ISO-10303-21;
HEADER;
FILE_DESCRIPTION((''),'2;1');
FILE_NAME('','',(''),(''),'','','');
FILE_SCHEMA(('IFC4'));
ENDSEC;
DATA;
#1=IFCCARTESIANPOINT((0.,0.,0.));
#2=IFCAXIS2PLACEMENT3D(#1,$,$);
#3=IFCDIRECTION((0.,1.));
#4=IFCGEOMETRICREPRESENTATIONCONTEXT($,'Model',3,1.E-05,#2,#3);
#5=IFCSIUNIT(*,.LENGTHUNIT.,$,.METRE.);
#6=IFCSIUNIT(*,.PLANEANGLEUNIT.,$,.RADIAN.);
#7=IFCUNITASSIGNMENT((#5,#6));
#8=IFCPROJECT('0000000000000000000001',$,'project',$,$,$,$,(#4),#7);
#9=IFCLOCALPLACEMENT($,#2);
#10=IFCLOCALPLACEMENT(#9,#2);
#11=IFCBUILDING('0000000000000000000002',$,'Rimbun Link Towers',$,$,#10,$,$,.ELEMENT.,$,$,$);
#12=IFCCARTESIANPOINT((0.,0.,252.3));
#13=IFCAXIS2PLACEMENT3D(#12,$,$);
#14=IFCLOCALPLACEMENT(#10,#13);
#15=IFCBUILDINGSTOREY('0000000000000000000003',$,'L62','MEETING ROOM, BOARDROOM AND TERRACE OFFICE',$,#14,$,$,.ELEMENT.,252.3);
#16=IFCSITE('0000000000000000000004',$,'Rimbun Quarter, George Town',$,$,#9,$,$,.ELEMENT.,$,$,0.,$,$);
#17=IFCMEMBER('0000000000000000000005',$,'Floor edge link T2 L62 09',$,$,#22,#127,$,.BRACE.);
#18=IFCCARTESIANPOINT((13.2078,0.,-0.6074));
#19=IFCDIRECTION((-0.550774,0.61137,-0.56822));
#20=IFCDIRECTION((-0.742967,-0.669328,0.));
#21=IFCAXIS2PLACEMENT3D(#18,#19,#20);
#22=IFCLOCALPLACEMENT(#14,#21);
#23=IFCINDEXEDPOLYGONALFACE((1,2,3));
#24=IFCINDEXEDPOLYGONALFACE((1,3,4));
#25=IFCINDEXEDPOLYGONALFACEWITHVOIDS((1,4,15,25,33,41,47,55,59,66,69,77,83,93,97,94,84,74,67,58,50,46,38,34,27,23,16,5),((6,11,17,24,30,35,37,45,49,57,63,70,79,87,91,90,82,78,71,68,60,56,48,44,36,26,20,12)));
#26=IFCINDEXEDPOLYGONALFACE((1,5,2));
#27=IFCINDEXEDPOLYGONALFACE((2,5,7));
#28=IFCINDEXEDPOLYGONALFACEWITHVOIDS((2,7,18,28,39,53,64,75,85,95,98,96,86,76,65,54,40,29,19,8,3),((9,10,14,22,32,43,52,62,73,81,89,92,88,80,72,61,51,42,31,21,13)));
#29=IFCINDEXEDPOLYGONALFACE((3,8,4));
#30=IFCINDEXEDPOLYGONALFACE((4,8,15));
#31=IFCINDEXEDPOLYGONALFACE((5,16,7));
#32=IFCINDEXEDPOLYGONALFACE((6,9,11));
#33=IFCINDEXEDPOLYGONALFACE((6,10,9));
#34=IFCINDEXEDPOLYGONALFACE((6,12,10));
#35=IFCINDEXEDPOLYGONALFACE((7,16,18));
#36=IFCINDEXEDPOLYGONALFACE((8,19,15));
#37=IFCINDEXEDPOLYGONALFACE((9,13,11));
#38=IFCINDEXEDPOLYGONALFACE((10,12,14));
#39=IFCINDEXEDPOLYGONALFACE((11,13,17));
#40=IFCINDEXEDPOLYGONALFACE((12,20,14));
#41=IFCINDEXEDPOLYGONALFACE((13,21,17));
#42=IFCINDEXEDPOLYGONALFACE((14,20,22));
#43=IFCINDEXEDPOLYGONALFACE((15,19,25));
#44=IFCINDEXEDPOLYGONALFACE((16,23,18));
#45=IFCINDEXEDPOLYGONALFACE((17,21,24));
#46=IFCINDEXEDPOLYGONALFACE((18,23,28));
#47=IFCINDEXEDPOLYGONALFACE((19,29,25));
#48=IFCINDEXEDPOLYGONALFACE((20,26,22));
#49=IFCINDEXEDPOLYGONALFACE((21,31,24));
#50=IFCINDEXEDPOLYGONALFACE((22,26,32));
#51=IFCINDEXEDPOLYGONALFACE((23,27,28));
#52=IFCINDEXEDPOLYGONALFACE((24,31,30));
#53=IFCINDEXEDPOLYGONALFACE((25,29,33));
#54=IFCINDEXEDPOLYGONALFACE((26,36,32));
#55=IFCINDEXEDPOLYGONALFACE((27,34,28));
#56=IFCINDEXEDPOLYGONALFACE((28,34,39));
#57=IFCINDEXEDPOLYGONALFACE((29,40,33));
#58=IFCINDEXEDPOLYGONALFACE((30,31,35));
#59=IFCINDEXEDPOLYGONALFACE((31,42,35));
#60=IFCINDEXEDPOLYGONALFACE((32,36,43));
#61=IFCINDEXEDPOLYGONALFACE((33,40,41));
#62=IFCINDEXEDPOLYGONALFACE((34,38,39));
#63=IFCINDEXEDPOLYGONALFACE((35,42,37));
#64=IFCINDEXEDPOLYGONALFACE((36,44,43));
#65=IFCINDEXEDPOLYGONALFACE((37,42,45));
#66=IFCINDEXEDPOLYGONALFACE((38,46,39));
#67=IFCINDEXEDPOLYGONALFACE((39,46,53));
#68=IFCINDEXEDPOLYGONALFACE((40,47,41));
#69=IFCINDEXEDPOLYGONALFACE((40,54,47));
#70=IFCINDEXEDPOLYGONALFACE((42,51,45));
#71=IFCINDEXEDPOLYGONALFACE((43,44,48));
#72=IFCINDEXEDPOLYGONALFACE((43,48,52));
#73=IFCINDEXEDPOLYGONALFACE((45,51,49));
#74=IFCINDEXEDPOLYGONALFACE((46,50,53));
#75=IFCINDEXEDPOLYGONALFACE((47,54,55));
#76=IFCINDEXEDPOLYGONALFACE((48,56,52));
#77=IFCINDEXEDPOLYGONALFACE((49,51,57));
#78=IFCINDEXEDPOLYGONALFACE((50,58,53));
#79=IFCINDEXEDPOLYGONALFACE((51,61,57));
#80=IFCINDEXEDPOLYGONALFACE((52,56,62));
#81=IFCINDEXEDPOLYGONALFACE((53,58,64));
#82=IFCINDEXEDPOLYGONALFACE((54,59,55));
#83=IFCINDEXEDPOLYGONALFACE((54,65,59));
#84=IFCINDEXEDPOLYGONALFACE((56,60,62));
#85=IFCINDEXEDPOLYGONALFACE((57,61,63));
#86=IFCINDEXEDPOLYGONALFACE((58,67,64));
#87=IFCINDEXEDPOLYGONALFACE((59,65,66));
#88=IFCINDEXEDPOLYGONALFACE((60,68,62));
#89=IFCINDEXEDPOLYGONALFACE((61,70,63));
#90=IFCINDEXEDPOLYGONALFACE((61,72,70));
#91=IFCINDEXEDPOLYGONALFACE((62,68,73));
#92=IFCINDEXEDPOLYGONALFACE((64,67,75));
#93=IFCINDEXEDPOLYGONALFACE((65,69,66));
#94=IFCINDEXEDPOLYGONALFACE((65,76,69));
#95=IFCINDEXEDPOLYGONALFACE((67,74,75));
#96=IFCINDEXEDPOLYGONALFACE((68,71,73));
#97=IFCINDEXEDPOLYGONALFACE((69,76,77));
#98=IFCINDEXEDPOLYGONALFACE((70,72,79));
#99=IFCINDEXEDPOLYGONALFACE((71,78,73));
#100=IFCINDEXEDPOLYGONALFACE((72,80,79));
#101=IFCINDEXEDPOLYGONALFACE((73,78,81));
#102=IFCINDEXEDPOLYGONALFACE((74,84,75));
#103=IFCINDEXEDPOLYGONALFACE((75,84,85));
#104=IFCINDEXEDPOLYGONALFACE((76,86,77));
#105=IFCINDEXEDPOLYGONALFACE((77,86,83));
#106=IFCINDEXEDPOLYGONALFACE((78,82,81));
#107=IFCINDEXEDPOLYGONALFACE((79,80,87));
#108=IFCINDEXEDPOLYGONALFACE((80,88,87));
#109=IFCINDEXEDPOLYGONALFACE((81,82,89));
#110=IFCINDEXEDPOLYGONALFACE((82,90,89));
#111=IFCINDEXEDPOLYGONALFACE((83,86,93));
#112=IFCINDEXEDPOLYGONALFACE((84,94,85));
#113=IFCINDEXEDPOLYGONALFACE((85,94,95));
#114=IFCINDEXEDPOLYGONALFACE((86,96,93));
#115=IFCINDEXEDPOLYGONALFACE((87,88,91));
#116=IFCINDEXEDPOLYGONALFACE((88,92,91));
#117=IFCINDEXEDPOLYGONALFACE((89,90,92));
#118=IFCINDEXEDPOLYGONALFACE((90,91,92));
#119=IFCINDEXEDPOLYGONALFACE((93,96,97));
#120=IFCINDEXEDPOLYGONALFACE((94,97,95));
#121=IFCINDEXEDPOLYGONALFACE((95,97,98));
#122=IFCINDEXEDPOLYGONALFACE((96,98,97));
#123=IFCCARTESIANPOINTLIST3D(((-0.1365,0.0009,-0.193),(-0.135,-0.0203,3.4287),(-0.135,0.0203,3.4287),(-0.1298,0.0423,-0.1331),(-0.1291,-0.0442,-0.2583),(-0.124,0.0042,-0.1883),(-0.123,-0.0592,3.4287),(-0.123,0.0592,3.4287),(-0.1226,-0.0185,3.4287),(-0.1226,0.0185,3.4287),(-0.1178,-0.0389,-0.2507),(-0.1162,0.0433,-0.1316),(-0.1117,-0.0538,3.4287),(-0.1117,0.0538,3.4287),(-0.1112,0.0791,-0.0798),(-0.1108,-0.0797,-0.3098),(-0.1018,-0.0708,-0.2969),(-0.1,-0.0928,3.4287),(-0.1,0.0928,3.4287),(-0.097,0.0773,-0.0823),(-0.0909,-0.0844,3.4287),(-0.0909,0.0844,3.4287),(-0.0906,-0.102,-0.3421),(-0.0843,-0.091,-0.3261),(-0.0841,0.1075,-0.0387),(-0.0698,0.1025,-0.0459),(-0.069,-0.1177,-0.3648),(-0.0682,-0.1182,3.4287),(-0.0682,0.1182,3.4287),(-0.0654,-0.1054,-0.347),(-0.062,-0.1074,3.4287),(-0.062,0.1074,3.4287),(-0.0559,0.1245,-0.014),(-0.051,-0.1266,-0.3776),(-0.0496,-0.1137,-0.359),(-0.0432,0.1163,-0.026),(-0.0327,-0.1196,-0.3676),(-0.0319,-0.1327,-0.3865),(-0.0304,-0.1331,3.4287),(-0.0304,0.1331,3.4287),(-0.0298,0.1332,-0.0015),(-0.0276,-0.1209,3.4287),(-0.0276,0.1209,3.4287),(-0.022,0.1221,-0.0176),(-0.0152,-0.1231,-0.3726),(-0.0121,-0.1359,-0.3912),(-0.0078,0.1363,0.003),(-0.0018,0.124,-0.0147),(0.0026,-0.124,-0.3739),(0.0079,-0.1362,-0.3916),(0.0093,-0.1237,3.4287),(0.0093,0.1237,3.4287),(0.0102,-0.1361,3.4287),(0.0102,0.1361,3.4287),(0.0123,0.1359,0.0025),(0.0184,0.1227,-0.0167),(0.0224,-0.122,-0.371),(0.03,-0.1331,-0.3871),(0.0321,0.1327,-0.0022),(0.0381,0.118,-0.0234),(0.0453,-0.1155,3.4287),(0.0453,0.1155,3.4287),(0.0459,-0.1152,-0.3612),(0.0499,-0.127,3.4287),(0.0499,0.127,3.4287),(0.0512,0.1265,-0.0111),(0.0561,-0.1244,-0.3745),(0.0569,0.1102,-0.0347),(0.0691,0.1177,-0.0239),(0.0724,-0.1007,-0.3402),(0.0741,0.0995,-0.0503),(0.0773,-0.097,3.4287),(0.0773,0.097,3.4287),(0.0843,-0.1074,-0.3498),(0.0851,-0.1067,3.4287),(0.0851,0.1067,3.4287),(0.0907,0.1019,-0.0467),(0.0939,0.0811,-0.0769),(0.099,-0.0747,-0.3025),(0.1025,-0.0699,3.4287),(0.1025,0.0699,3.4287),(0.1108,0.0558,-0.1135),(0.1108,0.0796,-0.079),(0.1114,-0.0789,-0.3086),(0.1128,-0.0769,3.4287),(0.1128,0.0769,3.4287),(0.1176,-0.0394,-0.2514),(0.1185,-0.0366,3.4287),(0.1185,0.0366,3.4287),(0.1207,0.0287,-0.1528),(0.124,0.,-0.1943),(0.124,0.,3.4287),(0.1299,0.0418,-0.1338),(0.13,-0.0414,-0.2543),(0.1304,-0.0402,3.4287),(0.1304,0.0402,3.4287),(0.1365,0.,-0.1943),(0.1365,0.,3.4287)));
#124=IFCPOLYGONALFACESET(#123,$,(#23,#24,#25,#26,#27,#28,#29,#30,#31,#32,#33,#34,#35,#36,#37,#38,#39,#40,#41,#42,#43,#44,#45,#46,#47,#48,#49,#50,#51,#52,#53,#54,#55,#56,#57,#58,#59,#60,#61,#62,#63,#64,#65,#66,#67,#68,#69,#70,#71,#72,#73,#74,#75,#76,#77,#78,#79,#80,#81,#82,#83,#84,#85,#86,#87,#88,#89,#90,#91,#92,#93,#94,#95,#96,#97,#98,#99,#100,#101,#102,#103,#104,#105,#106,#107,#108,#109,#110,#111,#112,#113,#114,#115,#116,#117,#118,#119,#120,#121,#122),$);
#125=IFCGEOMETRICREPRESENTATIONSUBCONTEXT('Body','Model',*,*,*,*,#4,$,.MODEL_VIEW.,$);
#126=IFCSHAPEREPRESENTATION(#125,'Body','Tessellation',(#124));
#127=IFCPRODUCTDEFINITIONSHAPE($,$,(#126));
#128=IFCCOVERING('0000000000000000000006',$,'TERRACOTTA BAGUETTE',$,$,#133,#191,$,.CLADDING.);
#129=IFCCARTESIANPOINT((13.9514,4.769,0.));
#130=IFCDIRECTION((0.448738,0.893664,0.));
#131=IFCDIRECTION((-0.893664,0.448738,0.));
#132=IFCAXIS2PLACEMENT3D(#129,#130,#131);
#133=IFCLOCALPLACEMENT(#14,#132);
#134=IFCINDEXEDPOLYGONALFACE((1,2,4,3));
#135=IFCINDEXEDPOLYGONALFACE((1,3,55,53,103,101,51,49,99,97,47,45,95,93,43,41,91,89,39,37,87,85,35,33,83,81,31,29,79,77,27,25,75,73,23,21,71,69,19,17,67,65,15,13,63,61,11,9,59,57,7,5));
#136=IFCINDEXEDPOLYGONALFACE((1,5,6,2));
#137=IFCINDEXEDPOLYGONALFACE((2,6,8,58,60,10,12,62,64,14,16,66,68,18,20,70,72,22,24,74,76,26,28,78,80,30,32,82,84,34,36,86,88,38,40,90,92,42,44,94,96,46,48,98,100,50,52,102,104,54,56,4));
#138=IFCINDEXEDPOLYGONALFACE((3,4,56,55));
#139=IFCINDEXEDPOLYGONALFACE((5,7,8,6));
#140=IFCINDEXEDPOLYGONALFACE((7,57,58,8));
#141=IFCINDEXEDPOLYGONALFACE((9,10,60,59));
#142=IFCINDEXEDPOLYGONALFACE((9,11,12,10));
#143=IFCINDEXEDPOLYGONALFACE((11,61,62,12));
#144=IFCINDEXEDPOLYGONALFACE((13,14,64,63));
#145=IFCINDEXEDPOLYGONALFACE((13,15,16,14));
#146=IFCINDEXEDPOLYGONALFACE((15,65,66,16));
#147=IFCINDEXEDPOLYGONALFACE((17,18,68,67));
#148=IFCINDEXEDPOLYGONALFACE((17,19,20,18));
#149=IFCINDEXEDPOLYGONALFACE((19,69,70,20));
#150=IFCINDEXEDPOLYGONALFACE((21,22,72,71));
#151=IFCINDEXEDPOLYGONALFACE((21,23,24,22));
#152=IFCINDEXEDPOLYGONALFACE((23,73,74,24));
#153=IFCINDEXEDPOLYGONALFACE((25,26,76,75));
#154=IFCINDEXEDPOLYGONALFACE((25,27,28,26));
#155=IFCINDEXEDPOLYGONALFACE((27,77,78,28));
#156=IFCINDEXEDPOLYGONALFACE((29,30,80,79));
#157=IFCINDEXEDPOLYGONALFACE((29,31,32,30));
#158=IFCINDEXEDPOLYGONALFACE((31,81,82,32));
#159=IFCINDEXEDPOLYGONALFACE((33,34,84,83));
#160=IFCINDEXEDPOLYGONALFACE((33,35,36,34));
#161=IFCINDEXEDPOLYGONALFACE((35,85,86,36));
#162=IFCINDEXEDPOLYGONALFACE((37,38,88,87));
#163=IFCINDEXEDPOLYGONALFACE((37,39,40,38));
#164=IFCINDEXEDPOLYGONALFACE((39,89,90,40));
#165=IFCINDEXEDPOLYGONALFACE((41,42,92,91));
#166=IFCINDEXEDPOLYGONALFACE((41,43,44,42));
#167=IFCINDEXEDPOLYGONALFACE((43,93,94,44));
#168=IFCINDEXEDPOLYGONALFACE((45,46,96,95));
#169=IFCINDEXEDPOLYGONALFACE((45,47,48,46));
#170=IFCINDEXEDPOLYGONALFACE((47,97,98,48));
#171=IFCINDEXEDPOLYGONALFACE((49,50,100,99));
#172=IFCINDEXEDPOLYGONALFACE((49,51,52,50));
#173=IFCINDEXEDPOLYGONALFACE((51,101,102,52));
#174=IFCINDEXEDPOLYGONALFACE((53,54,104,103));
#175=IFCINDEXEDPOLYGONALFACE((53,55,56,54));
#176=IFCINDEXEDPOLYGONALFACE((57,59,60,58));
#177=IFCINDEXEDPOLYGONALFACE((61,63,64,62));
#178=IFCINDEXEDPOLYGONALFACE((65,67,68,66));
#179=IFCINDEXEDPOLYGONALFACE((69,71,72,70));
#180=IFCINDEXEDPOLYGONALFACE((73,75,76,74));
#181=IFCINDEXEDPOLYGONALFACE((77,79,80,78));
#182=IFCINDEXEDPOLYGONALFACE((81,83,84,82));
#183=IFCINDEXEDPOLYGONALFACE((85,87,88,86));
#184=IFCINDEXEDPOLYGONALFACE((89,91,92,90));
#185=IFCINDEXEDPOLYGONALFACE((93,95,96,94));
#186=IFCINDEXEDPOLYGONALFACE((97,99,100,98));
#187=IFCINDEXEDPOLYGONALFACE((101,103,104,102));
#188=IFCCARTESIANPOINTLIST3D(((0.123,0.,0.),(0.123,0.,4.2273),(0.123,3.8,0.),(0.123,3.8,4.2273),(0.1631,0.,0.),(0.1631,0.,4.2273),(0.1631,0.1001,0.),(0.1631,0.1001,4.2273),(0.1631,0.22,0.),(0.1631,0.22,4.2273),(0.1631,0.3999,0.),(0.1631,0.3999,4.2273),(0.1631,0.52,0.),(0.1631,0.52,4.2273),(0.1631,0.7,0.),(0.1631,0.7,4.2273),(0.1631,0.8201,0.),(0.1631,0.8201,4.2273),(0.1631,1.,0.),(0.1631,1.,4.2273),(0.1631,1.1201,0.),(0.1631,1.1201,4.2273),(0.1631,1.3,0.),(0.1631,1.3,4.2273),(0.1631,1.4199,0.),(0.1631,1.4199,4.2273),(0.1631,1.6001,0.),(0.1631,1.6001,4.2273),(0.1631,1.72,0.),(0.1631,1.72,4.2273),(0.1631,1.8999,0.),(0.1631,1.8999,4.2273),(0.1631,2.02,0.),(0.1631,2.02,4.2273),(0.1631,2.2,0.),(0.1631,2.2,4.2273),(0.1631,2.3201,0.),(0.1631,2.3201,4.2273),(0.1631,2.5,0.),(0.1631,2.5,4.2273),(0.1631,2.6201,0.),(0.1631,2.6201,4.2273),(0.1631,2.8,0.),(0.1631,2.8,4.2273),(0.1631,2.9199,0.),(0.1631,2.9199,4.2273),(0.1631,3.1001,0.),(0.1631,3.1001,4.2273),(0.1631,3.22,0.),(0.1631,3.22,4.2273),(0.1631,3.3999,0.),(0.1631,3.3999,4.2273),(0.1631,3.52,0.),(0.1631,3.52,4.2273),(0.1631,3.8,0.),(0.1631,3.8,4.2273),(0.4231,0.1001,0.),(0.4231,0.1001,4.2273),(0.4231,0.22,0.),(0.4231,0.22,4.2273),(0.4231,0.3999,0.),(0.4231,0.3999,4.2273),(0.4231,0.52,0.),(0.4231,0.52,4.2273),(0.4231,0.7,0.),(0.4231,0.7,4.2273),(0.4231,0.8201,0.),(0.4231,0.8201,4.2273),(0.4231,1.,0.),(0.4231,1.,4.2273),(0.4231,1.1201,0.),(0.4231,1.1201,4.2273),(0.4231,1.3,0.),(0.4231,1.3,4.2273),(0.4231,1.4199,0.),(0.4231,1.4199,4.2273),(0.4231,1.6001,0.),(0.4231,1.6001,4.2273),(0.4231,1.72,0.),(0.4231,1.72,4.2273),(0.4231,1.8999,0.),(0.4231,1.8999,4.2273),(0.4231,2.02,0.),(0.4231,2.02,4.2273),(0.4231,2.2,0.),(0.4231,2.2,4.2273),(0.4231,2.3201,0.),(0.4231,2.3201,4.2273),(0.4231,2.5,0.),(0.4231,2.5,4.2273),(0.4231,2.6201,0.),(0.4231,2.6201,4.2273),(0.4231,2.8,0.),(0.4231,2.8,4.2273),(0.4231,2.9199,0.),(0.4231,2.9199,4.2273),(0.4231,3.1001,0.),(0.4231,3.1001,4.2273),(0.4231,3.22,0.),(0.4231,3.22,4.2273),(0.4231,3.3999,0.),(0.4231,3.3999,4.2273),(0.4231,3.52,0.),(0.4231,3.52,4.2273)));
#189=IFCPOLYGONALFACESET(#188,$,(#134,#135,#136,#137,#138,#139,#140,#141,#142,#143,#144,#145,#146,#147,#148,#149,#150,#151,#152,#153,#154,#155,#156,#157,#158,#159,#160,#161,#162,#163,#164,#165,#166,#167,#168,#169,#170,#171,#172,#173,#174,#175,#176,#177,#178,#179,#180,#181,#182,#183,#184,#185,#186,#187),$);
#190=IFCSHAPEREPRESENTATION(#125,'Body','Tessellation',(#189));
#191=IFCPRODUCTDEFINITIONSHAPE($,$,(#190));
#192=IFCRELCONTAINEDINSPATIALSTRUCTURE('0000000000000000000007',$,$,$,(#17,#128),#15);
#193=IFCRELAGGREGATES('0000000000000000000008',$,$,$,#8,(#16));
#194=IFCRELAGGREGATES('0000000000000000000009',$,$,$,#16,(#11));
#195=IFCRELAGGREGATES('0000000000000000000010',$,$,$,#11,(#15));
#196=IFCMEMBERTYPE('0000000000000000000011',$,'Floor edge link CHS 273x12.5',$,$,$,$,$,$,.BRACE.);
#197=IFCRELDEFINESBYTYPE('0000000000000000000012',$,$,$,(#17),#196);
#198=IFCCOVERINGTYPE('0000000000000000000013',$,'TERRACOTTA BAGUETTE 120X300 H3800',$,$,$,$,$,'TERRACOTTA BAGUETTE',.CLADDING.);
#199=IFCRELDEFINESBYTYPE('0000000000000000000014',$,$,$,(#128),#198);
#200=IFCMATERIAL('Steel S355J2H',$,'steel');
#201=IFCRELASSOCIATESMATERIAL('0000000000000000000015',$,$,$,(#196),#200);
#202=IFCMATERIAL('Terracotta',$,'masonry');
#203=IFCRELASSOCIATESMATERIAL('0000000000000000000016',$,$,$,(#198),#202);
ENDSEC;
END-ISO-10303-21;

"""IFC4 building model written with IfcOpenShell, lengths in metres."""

from ifc_helpers import new_model, si_unit, direction, frame, origin, origin_2d, place, context, subcontext, project, spatial, polyline, hollow_circle, outline, extrude, clip, halfspace, material, material_profile, profile_set, type_object, element, save


model = new_model("IFC4")

# Units and contexts
model_context = context("Model", 3, precision=1e-05, world=origin(), true_north=direction((0.0, 1.0)))
body_context = subcontext(model_context, "Body", "Model", "MODEL_VIEW")
ifc_project = project(units=[si_unit("LENGTHUNIT", "METRE"), si_unit("PLANEANGLEUNIT", "RADIAN")], contexts=[model_context])

# Site, building, storey
site_placement = place(None, origin())
site = spatial("IfcSite", under=ifc_project, at=site_placement, Name="Rimbun Quarter, George Town", CompositionType="ELEMENT", RefElevation=0.0)
building_placement = place(site_placement, origin())
building = spatial("IfcBuilding", under=site, at=building_placement, Name="Rimbun Link Towers", CompositionType="ELEMENT")
storey_placement = place(building_placement, frame((0.0, 0.0, 252.3)))
storey = spatial("IfcBuildingStorey", under=building, at=storey_placement, Name="L62", Description="MEETING ROOM, BOARDROOM AND TERRACE OFFICE", CompositionType="ELEMENT", Elevation=252.3)

# Member
ifc_material_1 = material(Name="Steel S355J2H", Category="steel")
ifc_material_profile_1 = material_profile(ifc_material_1, hollow_circle(Radius=0.1365, WallThickness=0.0125, at=origin_2d()), Name="CHS 273x12.5")
ifc_profile_set_1 = profile_set([ifc_material_profile_1], Name="Steel S355J2H")
member_type_1 = type_object("IfcMemberType", Name="Floor edge link CHS 273x12.5", PredefinedType="BRACE", material=ifc_profile_set_1)
member_1_placement = place(storey_placement, frame((13.2078, 0.0, -0.6074), z_axis=(-0.550774, 0.61137, -0.56822), x_axis=(-0.742967, -0.669328, 0.0)))
element("IfcMember", 1, at=member_1_placement, inside=storey, type_object=member_type_1, Name="Floor edge link T2 L62 09", PredefinedType="BRACE", context=body_context, shape_type="Clipping", body=[
    clip(extrude(hollow_circle(Radius=0.1365, WallThickness=0.0125, at=origin_2d()), frame((0.0, 0.0, -0.4131)), (0.0, 0.0, 1.0), 3.8418), halfspace(frame((0.0, 0.0, -0.1943), z_axis=(0.0, 0.822877, -0.56822)), False)),
])

# Covering
ifc_material_2 = material(Name="Terracotta", Category="masonry")
ifc_material_profile_2 = material_profile(ifc_material_2, outline(polyline([(0.123, 0.0), (0.1631, 0.0), (0.1631, 0.1001), (0.4231, 0.1001), (0.4231, 0.22), (0.1631, 0.22), (0.1631, 0.3999), (0.4231, 0.3999), (0.4231, 0.52), (0.1631, 0.52), (0.1631, 0.7), (0.4231, 0.7), (0.4231, 0.8201), (0.1631, 0.8201), (0.1631, 1.0), (0.4231, 1.0), (0.4231, 1.1201), (0.1631, 1.1201), (0.1631, 1.3), (0.4231, 1.3), (0.4231, 1.4199), (0.1631, 1.4199), (0.1631, 1.6001), (0.4231, 1.6001), (0.4231, 1.72), (0.1631, 1.72), (0.1631, 1.8999), (0.4231, 1.8999), (0.4231, 2.02), (0.1631, 2.02), (0.1631, 2.2), (0.4231, 2.2), (0.4231, 2.3201), (0.1631, 2.3201), (0.1631, 2.5), (0.4231, 2.5), (0.4231, 2.6201), (0.1631, 2.6201), (0.1631, 2.8), (0.4231, 2.8), (0.4231, 2.9199), (0.1631, 2.9199), (0.1631, 3.1001), (0.4231, 3.1001), (0.4231, 3.22), (0.1631, 3.22), (0.1631, 3.3999), (0.4231, 3.3999), (0.4231, 3.52), (0.1631, 3.52), (0.1631, 3.8), (0.123, 3.8), (0.123, 0.0)])), Name="BAGUETTE 120X300")
ifc_profile_set_2 = profile_set([ifc_material_profile_2], Name="Terracotta")
covering_type = type_object("IfcCoveringType", Name="TERRACOTTA BAGUETTE 120X300 H3800", ElementType="TERRACOTTA BAGUETTE", PredefinedType="CLADDING", material=ifc_profile_set_2)
covering_1_placement = place(storey_placement, frame((13.9514, 4.769, 0.0), z_axis=(0.448738, 0.893664, 0.0), x_axis=(-0.893664, 0.448738, 0.0)))
element("IfcCovering", 2, at=covering_1_placement, inside=storey, type_object=covering_type, Name="TERRACOTTA BAGUETTE", PredefinedType="CLADDING", context=body_context, shape_type="SweptSolid", body=[
    extrude(outline(polyline([(0.123, 0.0), (0.1631, 0.0), (0.1631, 0.1001), (0.4231, 0.1001), (0.4231, 0.22), (0.1631, 0.22), (0.1631, 0.3999), (0.4231, 0.3999), (0.4231, 0.52), (0.1631, 0.52), (0.1631, 0.7), (0.4231, 0.7), (0.4231, 0.8201), (0.1631, 0.8201), (0.1631, 1.0), (0.4231, 1.0), (0.4231, 1.1201), (0.1631, 1.1201), (0.1631, 1.3), (0.4231, 1.3), (0.4231, 1.4199), (0.1631, 1.4199), (0.1631, 1.6001), (0.4231, 1.6001), (0.4231, 1.72), (0.1631, 1.72), (0.1631, 1.8999), (0.4231, 1.8999), (0.4231, 2.02), (0.1631, 2.02), (0.1631, 2.2), (0.4231, 2.2), (0.4231, 2.3201), (0.1631, 2.3201), (0.1631, 2.5), (0.4231, 2.5), (0.4231, 2.6201), (0.1631, 2.6201), (0.1631, 2.8), (0.4231, 2.8), (0.4231, 2.9199), (0.1631, 2.9199), (0.1631, 3.1001), (0.4231, 3.1001), (0.4231, 3.22), (0.1631, 3.22), (0.1631, 3.3999), (0.4231, 3.3999), (0.4231, 3.52), (0.1631, 3.52), (0.1631, 3.8), (0.123, 3.8), (0.123, 0.0)])), origin(), (0.0, 0.0, 1.0), 4.2273),
])

save(model, "model.ifc")
